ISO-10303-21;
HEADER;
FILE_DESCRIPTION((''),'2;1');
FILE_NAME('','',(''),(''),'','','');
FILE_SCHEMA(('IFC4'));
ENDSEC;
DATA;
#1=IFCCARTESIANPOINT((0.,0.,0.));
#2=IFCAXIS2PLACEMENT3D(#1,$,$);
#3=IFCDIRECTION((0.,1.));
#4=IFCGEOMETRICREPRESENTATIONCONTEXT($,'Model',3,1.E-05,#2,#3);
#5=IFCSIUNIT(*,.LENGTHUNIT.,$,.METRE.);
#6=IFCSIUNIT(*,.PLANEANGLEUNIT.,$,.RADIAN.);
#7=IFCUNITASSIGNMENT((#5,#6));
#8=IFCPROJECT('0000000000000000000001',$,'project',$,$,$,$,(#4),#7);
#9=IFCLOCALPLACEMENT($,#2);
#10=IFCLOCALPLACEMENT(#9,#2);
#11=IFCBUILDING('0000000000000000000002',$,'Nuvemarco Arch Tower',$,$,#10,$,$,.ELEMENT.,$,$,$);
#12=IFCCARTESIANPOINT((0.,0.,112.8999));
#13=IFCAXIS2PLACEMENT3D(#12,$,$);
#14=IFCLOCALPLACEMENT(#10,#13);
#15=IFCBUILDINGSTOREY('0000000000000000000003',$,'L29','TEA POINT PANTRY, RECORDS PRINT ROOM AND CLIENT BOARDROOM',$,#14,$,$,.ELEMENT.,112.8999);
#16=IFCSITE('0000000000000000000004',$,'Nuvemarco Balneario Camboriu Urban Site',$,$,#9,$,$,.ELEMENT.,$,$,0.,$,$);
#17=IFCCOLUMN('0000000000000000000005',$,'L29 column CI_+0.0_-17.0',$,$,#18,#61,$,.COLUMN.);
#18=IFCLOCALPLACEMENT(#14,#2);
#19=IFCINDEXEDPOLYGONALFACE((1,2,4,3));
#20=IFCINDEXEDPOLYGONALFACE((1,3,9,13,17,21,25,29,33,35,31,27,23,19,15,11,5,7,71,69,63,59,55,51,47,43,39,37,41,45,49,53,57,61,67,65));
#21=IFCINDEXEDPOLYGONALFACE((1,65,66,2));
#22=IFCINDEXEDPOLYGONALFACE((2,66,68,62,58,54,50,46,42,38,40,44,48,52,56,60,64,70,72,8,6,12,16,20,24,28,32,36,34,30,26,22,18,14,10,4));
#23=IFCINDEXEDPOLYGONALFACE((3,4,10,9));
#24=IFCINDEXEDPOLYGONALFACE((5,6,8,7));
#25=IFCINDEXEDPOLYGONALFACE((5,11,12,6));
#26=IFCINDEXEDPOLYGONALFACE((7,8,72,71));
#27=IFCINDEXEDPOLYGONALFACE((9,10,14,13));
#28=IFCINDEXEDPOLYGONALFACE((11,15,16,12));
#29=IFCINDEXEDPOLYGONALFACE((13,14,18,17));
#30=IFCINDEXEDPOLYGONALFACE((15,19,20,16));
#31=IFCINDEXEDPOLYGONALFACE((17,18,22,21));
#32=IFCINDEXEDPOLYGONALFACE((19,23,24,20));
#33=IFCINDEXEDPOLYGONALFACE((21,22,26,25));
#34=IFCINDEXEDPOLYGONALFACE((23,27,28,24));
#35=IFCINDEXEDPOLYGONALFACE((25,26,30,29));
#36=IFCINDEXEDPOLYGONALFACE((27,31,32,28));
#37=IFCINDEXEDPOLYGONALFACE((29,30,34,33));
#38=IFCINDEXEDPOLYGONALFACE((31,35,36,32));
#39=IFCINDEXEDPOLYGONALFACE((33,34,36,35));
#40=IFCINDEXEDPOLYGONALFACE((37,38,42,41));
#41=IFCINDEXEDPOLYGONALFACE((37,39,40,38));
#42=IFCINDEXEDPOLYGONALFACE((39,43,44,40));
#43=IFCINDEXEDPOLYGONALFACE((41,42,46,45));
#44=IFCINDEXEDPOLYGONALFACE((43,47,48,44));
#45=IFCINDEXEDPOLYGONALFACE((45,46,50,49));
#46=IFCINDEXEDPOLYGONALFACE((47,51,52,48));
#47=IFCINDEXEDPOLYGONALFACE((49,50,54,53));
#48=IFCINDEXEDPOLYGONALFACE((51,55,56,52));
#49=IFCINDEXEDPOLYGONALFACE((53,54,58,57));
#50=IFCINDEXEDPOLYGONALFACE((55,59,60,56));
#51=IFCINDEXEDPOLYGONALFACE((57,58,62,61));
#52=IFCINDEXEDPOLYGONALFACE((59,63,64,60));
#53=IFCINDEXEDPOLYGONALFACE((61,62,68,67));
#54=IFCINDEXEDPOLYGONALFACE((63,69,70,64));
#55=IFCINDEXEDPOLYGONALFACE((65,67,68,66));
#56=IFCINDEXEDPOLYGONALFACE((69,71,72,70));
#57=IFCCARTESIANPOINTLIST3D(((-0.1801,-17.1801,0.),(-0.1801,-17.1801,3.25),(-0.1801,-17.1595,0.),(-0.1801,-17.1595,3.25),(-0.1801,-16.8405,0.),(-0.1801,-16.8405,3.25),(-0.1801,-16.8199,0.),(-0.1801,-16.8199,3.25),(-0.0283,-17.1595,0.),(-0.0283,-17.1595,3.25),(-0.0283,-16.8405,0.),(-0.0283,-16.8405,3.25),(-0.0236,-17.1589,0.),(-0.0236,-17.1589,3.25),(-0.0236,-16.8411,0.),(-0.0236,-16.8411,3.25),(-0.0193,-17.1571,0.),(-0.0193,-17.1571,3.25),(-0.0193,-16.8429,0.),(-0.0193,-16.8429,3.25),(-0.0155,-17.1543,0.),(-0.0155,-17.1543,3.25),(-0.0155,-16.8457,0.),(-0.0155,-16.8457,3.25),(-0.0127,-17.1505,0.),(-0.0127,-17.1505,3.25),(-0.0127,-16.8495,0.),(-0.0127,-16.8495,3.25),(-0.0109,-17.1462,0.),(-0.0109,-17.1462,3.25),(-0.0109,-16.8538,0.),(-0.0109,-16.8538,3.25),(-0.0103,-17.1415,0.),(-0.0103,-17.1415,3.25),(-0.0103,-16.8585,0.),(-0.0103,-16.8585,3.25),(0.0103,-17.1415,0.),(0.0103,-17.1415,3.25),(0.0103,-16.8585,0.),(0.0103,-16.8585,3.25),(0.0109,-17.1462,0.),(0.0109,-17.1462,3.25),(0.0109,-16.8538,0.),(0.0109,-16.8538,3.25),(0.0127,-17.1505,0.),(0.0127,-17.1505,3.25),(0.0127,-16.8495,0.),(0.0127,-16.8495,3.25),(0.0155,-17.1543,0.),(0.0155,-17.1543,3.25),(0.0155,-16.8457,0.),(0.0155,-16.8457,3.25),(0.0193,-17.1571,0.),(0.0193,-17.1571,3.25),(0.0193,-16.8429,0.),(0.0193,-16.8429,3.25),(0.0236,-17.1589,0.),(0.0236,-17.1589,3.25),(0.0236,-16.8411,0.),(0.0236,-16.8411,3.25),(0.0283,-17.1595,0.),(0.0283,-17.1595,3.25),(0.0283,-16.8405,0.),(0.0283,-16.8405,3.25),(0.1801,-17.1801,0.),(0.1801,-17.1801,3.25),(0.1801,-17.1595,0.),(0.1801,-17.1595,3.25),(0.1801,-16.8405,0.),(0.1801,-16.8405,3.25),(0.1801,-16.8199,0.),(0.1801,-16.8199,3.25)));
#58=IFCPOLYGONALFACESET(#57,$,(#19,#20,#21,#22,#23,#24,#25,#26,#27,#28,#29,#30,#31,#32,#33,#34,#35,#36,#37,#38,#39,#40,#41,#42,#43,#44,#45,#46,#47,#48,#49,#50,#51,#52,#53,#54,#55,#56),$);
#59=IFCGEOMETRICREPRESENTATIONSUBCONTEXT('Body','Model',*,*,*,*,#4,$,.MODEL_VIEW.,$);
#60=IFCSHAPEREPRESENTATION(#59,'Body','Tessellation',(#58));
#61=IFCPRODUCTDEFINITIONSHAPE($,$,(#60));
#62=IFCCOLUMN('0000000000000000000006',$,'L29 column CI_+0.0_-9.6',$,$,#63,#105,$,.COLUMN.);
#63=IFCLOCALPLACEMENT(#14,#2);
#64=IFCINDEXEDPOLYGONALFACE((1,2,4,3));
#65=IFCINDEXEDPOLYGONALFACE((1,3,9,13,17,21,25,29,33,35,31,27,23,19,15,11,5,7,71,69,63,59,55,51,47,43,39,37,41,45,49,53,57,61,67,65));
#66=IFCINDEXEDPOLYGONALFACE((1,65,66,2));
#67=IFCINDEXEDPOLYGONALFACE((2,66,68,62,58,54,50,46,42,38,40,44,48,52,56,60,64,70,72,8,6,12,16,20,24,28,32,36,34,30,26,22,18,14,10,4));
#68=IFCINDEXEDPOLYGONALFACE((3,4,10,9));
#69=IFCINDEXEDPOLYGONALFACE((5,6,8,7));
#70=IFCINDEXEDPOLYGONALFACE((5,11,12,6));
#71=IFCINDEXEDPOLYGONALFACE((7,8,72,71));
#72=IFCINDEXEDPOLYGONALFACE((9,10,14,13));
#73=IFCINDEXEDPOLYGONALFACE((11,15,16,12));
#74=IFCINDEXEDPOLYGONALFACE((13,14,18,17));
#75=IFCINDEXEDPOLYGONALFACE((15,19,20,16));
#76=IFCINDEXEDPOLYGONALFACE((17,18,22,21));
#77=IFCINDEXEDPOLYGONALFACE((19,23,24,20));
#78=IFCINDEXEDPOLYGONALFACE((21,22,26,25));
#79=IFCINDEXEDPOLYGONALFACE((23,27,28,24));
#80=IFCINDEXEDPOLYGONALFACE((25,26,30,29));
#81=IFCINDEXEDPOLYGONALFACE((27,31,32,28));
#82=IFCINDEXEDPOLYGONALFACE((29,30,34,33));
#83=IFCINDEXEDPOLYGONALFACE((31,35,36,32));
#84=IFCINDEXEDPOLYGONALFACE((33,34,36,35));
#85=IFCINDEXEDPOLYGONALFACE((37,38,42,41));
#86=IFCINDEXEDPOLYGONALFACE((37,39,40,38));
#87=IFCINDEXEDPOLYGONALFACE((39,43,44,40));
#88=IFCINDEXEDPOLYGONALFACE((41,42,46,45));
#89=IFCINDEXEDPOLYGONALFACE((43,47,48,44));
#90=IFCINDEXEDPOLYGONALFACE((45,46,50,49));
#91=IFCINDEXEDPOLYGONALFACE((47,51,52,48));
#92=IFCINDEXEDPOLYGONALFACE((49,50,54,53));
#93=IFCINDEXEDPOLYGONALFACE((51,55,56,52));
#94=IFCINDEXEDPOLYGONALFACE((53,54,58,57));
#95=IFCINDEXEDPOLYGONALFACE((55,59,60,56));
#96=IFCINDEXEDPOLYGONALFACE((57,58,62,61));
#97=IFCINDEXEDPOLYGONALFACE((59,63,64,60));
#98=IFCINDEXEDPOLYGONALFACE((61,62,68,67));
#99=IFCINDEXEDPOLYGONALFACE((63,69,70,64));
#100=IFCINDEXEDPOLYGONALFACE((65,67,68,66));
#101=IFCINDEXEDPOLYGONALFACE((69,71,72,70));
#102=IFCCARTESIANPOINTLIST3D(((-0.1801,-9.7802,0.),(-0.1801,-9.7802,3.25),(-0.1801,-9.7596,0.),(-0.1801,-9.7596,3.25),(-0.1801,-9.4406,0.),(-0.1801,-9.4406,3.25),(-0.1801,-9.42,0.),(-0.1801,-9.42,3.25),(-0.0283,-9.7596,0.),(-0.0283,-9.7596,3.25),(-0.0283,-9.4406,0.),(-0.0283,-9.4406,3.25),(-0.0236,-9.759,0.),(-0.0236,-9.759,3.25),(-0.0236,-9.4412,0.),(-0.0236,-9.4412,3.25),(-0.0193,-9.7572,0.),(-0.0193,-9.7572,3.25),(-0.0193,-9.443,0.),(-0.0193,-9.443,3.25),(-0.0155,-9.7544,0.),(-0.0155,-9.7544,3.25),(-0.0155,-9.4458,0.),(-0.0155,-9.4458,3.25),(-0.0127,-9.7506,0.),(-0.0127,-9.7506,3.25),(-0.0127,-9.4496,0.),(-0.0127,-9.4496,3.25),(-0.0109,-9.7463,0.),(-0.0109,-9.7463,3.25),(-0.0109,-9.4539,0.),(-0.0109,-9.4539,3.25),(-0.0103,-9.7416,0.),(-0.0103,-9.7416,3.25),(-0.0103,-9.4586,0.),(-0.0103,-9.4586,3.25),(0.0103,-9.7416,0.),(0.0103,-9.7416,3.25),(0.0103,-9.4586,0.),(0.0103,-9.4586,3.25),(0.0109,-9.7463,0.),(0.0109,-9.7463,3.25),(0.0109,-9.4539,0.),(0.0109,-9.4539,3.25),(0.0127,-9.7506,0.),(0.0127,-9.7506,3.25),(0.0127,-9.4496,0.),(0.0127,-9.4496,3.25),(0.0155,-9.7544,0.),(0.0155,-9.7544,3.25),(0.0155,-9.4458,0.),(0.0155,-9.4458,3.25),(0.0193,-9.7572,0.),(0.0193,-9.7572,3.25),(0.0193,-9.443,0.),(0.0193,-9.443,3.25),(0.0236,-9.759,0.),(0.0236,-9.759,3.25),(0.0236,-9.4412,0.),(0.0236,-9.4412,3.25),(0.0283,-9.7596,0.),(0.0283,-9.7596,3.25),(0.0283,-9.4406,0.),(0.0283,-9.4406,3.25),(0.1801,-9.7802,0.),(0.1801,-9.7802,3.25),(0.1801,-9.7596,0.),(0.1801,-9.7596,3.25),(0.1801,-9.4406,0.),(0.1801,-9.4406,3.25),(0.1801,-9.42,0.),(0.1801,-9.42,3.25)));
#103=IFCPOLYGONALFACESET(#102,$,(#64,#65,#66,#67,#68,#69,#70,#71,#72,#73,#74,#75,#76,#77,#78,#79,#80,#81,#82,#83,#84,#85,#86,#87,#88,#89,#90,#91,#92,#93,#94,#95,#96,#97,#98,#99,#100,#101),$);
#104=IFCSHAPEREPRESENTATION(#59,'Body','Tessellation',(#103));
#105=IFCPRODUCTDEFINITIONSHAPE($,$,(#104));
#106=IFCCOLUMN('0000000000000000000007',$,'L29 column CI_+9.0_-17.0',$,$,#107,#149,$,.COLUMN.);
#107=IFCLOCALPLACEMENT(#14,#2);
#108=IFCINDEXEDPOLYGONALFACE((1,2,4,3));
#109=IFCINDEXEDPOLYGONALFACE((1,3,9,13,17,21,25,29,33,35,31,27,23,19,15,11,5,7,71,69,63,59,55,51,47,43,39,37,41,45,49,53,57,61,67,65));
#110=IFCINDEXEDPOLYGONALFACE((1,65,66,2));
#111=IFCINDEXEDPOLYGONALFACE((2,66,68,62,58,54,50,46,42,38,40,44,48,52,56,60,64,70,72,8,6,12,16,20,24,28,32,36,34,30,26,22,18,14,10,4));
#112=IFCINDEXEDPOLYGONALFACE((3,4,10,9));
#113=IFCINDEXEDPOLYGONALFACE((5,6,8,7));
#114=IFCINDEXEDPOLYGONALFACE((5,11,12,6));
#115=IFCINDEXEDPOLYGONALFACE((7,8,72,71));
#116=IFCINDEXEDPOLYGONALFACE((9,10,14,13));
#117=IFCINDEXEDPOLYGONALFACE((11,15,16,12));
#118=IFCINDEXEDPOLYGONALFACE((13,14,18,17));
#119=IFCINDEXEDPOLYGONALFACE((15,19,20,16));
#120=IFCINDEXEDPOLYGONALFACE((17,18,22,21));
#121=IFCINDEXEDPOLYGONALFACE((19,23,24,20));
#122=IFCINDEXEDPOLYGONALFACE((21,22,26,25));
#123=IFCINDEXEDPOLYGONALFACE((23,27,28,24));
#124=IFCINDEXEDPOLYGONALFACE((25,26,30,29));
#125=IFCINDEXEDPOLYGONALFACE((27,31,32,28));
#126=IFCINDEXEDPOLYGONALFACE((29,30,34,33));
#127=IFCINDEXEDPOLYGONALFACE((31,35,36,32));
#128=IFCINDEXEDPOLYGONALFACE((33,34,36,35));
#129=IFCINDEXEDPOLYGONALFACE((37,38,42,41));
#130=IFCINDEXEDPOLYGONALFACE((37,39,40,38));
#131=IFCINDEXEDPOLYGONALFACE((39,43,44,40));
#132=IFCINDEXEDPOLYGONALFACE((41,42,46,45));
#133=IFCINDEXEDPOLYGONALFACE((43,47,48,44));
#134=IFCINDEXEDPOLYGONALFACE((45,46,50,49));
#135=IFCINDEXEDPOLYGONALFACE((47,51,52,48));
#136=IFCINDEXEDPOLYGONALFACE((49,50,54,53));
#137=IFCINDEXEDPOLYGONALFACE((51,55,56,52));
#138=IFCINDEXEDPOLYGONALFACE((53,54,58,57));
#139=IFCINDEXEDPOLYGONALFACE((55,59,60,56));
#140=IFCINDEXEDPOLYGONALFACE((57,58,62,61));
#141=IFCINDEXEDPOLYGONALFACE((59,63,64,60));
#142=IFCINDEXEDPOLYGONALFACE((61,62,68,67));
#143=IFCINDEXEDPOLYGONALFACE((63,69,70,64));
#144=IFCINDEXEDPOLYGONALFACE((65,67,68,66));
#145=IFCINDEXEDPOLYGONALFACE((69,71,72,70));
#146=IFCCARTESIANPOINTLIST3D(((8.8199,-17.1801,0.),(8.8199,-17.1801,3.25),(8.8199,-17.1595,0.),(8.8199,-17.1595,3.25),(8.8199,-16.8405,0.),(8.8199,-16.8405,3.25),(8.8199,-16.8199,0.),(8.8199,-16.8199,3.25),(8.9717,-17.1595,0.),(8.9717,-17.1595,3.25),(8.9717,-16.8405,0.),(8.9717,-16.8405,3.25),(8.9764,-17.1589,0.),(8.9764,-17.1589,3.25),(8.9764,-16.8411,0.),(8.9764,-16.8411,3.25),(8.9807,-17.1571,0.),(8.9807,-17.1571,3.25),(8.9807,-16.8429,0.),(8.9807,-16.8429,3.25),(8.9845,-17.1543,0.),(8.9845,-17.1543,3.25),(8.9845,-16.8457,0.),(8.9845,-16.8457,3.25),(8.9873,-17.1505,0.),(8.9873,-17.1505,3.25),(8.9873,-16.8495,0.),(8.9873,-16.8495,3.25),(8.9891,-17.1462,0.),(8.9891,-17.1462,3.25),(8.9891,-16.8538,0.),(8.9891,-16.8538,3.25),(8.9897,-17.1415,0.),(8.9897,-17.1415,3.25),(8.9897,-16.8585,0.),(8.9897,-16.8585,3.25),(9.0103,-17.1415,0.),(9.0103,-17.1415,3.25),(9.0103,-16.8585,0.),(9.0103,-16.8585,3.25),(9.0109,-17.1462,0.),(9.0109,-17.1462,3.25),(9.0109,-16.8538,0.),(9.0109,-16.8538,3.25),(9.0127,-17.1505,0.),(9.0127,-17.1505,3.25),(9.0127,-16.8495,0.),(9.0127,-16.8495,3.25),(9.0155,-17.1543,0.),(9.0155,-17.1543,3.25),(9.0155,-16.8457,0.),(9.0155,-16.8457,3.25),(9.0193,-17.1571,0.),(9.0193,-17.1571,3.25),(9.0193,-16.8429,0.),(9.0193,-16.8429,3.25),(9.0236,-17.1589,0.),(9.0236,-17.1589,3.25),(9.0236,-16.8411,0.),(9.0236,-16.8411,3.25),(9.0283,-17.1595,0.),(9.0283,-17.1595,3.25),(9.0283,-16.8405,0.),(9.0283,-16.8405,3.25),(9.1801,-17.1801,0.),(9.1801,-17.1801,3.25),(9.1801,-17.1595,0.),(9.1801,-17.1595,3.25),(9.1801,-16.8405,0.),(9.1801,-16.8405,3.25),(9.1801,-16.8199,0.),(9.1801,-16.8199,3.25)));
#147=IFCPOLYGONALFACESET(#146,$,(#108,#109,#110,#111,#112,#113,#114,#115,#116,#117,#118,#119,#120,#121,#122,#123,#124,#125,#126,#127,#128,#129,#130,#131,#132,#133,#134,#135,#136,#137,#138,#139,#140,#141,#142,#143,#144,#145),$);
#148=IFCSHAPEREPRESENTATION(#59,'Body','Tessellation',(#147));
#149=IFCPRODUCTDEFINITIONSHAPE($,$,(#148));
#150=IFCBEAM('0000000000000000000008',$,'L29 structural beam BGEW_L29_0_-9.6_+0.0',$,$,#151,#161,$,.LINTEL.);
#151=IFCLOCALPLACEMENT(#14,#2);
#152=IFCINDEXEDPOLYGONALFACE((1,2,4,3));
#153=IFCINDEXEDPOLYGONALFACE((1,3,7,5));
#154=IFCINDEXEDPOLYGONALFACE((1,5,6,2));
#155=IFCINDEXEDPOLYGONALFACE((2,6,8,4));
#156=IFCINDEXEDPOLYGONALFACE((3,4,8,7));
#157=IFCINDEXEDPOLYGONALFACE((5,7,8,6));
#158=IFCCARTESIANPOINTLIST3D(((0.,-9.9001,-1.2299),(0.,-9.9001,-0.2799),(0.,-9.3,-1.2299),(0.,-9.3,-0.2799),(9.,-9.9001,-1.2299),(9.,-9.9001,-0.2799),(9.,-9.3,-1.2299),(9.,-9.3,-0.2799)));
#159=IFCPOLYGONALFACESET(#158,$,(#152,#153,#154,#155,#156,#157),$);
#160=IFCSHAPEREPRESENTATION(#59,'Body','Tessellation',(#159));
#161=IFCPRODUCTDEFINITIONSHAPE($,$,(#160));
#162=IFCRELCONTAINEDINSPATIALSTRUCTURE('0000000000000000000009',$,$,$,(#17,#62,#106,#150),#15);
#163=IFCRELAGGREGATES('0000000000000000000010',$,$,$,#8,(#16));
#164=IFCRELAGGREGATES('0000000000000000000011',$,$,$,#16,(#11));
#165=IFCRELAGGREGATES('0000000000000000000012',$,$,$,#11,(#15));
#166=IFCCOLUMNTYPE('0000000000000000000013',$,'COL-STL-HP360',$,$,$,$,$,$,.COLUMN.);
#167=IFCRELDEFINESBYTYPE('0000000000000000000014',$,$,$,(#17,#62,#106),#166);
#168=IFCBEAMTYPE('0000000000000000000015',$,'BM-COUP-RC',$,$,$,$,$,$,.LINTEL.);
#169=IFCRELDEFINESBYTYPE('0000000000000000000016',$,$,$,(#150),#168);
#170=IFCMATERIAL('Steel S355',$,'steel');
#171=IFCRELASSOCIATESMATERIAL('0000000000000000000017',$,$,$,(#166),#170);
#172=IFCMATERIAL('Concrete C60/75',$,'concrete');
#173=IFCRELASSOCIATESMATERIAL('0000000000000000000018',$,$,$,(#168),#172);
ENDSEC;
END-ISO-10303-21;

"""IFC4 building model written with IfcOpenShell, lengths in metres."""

from ifc_helpers import new_model, si_unit, direction, frame, origin, origin_2d, place, context, subcontext, project, spatial, rectangle, i_section, extrude, material, material_profile, profile_set, type_object, element, save


model = new_model("IFC4")

# Units and contexts
model_context = context("Model", 3, precision=1e-05, world=origin(), true_north=direction((0.0, 1.0)))
body_context = subcontext(model_context, "Body", "Model", "MODEL_VIEW")
ifc_project = project(units=[si_unit("LENGTHUNIT", "METRE"), si_unit("PLANEANGLEUNIT", "RADIAN")], contexts=[model_context])

# Site, building, storey
site_placement = place(None, origin())
site = spatial("IfcSite", under=ifc_project, at=site_placement, Name="Nuvemarco Balneario Camboriu Urban Site", CompositionType="ELEMENT", RefElevation=0.0)
building_placement = place(site_placement, origin())
building = spatial("IfcBuilding", under=site, at=building_placement, Name="Nuvemarco Arch Tower", CompositionType="ELEMENT")
storey_placement = place(building_placement, frame((0.0, 0.0, 112.8999)))
storey = spatial("IfcBuildingStorey", under=building, at=storey_placement, Name="L29", Description="TEA POINT PANTRY, RECORDS PRINT ROOM AND CLIENT BOARDROOM", CompositionType="ELEMENT", Elevation=112.8999)

# Columns
ifc_material_1 = material(Name="Concrete C60/75", Category="concrete")
ifc_material_2 = material(Name="Steel S355", Category="steel")
ifc_material_profile_1 = material_profile(ifc_material_2, i_section(OverallWidth=0.3601, OverallDepth=0.3601, WebThickness=0.0205, FlangeThickness=0.0205, FilletRadius=0.0181, at=origin_2d()), Name="HP360x174")
ifc_profile_set_1 = profile_set([ifc_material_profile_1], Name="Steel S355")
column_type_1 = type_object("IfcColumnType", Name="COL-STL-HP360", PredefinedType="COLUMN", material=ifc_profile_set_1)
for number, where, z_axis, x_axis, name in (
    (1, (0.0, -17.0, 0.0), (0.0, 0.0, 1.0), (1.0, 0.0, 0.0), "L29 column CI_+0.0_-17.0"),
    (2, (0.0, -9.6001, 0.0), (0.0, 0.0, 1.0), (1.0, 0.0, 0.0), "L29 column CI_+0.0_-9.6"),
    (3, (9.0, -17.0, 0.0), (0.0, 0.0, 1.0), (1.0, 0.0, 0.0), "L29 column CI_+9.0_-17.0"),
):
    element("IfcColumn", number, at=place(storey_placement, frame(where, z_axis=z_axis, x_axis=x_axis)), inside=storey, type_object=column_type_1, Name=name, PredefinedType="COLUMN", context=body_context, shape_type="SweptSolid", body=[
        extrude(i_section(OverallWidth=0.3601, OverallDepth=0.3601, WebThickness=0.0205, FlangeThickness=0.0205, FilletRadius=0.0181, at=origin_2d()), origin(), (0.0, 0.0, 1.0), 3.25),
    ])

# Beam
ifc_material_profile_2 = material_profile(ifc_material_1, rectangle(XDim=0.6001, YDim=0.95, at=origin_2d()), Name="RC-BM-600x950")
ifc_profile_set_2 = profile_set([ifc_material_profile_2], Name="Concrete C60/75")
beam_type_1 = type_object("IfcBeamType", Name="BM-COUP-RC", PredefinedType="LINTEL", material=ifc_profile_set_2)
beam_1_placement = place(storey_placement, frame((0.0, -9.6001, -0.7549), z_axis=(1.0, 0.0, 0.0), x_axis=(0.0, 1.0, 0.0)))
element("IfcBeam", 4, at=beam_1_placement, inside=storey, type_object=beam_type_1, Name="L29 structural beam BGEW_L29_0_-9.6_+0.0", PredefinedType="LINTEL", context=body_context, shape_type="SweptSolid", body=[
    extrude(rectangle(XDim=0.6001, YDim=0.95, at=origin_2d()), origin(), (0.0, 0.0, 1.0), 9.0),
])

save(model, "model.ifc")
